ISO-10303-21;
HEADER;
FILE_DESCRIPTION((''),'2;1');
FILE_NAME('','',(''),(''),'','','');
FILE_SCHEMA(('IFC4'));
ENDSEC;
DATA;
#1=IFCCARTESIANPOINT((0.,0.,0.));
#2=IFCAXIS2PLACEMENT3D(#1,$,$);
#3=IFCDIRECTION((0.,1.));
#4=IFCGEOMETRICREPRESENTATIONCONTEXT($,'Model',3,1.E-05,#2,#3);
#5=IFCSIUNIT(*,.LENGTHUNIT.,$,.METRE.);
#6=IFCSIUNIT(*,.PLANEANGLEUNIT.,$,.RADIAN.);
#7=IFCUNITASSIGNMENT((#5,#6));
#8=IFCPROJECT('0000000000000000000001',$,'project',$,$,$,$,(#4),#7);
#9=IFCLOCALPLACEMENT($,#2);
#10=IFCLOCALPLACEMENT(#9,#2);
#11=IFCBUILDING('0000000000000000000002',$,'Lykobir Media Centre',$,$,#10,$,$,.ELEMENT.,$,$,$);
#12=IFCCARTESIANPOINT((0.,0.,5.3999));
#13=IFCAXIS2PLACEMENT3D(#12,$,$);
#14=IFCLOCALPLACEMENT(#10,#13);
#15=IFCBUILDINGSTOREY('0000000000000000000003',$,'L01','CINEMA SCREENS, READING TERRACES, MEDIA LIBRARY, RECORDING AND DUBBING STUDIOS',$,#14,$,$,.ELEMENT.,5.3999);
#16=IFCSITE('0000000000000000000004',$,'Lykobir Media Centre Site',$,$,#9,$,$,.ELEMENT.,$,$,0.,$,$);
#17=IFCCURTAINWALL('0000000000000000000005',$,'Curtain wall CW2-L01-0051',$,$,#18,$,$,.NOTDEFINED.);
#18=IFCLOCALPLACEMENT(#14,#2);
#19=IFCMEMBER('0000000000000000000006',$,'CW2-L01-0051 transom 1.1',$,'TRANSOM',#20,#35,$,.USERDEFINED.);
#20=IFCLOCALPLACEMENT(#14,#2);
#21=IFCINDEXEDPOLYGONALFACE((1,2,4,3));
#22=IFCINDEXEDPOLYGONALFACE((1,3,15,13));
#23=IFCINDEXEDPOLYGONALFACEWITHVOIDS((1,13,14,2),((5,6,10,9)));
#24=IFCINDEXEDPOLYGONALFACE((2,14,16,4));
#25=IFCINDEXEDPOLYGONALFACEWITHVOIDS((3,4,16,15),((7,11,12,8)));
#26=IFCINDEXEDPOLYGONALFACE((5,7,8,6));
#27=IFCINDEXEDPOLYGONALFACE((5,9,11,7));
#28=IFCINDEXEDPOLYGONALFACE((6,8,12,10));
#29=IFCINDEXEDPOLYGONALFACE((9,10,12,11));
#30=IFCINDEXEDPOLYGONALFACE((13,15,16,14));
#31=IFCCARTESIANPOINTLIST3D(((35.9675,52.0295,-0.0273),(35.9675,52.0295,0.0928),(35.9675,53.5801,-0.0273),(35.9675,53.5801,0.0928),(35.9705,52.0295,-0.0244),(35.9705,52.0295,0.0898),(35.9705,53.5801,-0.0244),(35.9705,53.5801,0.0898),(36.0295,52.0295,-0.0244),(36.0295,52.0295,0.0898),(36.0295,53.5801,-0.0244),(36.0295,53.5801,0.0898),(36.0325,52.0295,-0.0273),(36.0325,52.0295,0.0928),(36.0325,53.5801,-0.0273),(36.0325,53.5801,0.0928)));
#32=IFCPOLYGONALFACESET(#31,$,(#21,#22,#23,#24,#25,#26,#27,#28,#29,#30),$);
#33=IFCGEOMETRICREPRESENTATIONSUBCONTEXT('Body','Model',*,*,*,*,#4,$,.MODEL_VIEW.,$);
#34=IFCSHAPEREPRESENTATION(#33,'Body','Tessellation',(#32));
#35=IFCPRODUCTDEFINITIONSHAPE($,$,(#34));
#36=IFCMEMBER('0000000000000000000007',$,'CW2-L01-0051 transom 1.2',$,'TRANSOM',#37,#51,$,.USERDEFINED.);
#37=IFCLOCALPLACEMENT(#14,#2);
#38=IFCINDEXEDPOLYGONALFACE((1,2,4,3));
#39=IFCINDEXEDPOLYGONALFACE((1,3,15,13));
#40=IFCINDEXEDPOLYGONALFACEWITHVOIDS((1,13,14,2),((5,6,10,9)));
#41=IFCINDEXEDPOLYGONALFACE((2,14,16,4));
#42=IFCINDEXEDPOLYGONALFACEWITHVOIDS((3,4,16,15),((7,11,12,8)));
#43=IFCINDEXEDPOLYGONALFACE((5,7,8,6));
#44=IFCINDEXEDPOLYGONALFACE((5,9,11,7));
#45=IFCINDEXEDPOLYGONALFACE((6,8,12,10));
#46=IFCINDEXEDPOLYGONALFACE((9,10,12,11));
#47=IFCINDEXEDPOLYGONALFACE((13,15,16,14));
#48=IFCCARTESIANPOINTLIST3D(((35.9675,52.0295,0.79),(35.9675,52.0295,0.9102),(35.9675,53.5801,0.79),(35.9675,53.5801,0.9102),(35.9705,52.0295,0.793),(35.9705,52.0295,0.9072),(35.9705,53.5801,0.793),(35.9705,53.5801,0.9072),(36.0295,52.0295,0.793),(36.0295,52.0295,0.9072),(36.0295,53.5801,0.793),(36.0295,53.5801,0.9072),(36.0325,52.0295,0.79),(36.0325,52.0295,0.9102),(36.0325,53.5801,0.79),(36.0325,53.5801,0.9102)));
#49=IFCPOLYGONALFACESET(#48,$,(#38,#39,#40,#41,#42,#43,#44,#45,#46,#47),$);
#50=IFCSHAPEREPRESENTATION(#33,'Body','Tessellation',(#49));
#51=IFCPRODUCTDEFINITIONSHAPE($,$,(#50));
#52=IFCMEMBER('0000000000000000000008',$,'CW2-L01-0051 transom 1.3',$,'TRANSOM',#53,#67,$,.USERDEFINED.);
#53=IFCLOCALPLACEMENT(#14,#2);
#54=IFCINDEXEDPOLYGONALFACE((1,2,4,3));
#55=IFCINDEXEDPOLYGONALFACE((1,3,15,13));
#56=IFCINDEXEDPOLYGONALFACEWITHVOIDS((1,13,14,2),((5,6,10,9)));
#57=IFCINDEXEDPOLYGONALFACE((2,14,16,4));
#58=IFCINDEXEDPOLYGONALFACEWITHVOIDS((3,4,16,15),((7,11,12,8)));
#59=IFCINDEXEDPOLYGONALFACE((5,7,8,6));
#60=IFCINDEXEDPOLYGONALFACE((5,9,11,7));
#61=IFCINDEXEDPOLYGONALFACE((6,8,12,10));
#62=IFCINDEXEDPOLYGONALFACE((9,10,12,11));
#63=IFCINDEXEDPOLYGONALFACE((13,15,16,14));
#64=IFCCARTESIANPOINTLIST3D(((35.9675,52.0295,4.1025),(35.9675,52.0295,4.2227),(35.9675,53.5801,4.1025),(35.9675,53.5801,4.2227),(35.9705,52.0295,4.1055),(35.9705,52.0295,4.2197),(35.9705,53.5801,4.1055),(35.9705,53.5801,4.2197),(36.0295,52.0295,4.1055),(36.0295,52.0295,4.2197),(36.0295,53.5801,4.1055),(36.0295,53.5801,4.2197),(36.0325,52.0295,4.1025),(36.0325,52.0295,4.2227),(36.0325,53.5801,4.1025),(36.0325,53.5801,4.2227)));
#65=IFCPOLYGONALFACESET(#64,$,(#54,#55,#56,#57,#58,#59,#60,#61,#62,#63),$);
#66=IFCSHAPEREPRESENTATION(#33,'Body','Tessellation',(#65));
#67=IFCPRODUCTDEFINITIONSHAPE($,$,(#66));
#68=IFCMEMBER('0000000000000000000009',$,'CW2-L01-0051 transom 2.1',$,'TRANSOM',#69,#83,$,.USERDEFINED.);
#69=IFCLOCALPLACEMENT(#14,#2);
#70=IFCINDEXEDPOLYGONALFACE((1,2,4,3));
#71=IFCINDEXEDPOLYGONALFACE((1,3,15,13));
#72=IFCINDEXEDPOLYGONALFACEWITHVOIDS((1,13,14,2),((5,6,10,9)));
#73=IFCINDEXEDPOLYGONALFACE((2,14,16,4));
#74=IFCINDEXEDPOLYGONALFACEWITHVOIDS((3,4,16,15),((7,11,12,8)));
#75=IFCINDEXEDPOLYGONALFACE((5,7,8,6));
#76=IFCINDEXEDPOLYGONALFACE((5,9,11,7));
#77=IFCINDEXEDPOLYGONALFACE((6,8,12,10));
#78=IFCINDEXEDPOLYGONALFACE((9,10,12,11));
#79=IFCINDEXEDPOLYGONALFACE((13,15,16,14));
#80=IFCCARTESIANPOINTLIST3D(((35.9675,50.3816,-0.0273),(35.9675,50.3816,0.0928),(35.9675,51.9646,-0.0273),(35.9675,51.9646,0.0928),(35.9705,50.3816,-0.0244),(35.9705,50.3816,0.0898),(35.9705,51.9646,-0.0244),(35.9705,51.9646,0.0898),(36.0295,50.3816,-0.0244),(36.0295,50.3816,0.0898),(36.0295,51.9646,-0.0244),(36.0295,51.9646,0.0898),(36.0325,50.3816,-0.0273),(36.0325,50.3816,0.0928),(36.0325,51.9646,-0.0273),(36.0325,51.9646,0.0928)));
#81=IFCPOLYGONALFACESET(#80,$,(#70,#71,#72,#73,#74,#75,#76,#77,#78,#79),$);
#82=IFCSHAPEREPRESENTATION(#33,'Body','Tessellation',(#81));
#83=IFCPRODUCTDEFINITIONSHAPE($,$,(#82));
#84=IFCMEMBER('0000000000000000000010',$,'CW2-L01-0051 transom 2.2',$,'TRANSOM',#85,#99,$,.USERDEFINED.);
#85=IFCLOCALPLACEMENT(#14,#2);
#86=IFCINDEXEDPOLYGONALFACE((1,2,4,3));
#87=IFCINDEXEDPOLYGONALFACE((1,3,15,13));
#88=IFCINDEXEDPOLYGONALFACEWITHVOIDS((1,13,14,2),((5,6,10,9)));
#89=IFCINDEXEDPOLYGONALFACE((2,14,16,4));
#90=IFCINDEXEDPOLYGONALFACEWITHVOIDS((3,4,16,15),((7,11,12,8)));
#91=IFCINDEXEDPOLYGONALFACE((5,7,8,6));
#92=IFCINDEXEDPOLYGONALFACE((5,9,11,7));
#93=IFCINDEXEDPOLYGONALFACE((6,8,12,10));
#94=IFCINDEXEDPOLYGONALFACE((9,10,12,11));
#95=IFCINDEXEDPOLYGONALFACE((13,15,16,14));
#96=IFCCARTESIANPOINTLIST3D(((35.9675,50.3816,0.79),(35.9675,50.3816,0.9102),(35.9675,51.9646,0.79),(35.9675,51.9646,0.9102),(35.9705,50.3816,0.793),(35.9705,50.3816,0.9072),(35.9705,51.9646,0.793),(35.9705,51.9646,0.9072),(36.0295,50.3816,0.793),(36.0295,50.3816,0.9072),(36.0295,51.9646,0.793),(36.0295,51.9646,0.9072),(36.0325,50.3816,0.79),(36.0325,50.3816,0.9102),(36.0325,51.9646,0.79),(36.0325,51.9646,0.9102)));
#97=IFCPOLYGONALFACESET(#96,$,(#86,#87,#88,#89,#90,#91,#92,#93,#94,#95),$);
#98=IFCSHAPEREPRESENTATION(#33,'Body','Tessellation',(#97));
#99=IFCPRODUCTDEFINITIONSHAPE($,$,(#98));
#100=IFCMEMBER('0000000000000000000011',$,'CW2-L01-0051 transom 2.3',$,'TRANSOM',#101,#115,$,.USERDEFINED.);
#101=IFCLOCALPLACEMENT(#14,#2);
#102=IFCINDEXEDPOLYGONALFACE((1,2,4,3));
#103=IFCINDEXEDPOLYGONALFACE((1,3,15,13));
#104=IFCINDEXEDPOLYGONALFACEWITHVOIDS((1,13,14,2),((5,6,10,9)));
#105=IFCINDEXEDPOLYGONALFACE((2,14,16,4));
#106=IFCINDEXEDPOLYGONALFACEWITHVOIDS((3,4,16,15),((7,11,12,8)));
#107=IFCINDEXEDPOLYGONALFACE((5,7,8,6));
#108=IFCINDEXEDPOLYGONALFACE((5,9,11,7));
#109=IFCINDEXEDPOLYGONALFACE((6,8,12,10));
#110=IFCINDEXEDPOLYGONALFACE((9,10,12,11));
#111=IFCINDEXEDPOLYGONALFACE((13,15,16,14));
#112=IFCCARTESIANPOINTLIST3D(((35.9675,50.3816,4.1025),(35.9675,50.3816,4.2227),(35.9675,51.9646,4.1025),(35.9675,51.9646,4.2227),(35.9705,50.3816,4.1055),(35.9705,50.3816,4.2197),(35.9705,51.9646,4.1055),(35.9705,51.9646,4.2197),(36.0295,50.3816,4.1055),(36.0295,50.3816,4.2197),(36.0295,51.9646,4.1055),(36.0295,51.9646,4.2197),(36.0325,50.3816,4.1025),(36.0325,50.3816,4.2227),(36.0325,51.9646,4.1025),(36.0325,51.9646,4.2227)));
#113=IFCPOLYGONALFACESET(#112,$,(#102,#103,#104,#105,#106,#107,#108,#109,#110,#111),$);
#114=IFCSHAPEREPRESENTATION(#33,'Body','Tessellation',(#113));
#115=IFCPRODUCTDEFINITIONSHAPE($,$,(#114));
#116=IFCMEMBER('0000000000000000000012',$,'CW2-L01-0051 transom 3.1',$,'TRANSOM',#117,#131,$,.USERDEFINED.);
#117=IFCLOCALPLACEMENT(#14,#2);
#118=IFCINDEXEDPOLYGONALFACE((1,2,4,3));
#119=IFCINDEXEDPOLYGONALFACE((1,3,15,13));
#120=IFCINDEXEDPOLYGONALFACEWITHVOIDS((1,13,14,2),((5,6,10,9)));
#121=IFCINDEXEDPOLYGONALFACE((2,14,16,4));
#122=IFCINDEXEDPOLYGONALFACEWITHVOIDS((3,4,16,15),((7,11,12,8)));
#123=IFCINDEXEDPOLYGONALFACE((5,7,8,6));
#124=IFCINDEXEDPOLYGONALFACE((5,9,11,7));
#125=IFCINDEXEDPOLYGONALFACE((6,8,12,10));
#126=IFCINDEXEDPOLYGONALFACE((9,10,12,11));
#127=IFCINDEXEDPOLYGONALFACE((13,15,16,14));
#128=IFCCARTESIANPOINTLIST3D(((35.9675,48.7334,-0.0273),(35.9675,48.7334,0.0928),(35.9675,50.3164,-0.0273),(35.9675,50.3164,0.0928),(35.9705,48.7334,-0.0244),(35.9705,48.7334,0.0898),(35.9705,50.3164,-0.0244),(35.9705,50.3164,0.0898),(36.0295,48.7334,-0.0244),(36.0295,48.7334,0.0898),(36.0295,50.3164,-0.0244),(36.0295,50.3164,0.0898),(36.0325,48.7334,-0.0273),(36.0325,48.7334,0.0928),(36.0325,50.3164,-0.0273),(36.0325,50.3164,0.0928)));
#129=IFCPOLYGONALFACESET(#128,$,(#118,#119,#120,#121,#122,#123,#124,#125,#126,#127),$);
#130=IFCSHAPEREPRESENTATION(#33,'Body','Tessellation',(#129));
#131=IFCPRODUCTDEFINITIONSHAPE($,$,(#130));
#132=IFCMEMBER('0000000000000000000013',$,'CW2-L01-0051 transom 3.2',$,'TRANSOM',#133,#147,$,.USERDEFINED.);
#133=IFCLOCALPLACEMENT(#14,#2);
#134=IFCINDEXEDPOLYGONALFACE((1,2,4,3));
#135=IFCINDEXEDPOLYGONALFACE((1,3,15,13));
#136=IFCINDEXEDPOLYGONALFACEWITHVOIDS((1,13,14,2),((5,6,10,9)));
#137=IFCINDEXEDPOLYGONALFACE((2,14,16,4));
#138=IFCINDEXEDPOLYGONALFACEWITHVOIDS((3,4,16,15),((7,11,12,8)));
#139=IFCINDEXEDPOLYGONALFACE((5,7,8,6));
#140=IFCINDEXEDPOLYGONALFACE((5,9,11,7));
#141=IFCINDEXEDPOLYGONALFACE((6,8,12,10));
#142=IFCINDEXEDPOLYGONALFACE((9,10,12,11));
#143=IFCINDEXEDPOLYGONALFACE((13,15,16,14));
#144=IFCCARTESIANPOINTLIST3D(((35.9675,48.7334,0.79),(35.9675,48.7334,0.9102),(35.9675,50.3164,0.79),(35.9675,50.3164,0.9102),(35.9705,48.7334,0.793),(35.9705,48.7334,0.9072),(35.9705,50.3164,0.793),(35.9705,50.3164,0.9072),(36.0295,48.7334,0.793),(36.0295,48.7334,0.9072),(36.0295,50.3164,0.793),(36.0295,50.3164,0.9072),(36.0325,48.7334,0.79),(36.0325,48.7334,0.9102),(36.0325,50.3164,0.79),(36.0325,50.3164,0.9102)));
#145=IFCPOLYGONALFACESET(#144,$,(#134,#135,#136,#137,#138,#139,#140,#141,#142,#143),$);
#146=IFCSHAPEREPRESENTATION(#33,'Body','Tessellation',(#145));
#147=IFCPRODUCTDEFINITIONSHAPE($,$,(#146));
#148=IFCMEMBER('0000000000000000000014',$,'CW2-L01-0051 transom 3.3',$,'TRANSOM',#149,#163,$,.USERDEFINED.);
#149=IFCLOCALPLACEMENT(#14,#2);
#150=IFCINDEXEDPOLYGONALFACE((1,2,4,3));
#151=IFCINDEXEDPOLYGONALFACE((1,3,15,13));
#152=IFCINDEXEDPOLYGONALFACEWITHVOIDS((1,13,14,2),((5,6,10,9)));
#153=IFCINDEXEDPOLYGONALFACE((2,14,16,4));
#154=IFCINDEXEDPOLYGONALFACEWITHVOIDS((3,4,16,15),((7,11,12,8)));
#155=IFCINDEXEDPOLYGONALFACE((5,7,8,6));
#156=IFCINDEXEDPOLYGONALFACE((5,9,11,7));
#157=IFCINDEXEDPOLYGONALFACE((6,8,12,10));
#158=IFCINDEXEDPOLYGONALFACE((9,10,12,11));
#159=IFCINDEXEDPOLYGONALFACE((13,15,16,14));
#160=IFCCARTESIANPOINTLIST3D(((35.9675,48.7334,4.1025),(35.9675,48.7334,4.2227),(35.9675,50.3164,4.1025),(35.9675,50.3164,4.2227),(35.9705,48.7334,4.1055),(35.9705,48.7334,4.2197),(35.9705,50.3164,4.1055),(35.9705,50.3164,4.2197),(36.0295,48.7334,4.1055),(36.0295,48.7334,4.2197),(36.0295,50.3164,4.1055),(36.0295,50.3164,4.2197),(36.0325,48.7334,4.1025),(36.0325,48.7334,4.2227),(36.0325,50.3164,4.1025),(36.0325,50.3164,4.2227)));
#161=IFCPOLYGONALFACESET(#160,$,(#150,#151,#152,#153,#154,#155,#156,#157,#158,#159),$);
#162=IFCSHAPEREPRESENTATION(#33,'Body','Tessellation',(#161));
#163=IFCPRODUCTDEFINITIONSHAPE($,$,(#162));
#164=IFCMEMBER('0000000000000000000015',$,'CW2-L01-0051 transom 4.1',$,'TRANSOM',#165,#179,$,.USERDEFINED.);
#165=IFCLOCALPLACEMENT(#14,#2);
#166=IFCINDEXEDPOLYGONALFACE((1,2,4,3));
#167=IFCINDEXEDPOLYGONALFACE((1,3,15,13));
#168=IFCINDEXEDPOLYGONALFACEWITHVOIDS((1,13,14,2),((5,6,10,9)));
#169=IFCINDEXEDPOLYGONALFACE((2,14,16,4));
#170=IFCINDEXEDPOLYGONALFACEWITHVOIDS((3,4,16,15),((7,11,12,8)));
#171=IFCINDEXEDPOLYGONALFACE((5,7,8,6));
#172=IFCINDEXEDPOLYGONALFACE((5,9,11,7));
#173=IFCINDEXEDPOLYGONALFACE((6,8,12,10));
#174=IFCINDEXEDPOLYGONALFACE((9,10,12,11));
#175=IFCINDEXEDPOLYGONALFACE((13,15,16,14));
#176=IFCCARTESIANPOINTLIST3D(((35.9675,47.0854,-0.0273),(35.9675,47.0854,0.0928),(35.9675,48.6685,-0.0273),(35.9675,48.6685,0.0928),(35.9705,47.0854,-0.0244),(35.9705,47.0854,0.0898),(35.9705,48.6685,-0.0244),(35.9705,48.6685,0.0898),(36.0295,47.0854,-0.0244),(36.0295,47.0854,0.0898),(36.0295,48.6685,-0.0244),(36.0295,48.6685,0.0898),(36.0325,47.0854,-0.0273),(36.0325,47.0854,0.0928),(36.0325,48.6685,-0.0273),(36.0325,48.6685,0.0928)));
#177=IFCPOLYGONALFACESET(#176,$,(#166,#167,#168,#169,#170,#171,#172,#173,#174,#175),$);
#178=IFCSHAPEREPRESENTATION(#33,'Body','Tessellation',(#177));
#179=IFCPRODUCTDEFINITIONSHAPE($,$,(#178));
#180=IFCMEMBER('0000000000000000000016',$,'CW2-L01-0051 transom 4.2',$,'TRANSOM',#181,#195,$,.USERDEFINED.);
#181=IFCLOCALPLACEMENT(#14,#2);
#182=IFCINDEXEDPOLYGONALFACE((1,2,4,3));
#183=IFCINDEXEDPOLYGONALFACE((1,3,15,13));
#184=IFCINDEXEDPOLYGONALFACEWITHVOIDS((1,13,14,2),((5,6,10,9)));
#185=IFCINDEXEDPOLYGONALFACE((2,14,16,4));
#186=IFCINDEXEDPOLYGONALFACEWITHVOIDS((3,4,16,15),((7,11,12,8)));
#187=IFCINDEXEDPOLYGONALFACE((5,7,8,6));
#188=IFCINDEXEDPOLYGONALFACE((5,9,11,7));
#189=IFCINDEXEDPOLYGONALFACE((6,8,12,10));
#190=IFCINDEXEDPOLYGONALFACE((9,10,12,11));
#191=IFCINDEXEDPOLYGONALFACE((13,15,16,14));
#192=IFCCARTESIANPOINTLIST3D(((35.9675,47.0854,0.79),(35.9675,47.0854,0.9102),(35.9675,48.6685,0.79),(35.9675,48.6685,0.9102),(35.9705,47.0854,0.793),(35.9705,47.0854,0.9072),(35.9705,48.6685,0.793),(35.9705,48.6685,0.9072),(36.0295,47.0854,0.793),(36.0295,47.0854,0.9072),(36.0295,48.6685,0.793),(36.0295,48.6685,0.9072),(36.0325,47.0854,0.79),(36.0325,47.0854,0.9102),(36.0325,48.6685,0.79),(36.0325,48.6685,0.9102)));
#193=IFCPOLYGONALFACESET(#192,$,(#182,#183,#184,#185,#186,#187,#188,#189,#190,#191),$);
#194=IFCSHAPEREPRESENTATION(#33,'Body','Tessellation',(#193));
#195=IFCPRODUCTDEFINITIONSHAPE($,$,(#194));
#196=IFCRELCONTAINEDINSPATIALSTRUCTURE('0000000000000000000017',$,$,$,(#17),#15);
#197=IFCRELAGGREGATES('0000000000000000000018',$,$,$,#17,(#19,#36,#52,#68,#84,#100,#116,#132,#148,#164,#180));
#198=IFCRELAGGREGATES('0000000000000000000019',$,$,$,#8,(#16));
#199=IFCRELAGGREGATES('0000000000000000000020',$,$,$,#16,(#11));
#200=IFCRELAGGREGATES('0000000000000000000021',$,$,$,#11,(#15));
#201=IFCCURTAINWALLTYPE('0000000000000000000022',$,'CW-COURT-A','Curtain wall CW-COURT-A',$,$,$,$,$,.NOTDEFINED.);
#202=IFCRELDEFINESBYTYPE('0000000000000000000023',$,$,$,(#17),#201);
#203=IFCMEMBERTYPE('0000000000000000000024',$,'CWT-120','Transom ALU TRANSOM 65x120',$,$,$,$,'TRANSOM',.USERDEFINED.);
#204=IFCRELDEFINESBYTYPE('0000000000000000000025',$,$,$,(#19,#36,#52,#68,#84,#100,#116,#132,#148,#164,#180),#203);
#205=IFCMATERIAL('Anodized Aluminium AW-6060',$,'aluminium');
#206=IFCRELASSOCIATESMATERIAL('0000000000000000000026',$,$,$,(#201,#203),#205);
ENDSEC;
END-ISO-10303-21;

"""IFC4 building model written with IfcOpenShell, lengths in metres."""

from ifc_helpers import new_model, si_unit, direction, frame, origin, origin_2d, place, context, subcontext, project, spatial, hollow_rectangle, extrude, material, material_profile, profile_set, type_object, element, aggregate, save


model = new_model("IFC4")

# Units and contexts
model_context = context("Model", 3, precision=1e-05, world=origin(), true_north=direction((0.0, 1.0)))
body_context = subcontext(model_context, "Body", "Model", "MODEL_VIEW")
ifc_project = project(units=[si_unit("LENGTHUNIT", "METRE"), si_unit("PLANEANGLEUNIT", "RADIAN")], contexts=[model_context])

# Site, building, storey
site_placement = place(None, origin())
site = spatial("IfcSite", under=ifc_project, at=site_placement, Name="Lykobir Media Centre Site", CompositionType="ELEMENT", RefElevation=0.0)
building_placement = place(site_placement, origin())
building = spatial("IfcBuilding", under=site, at=building_placement, Name="Lykobir Media Centre", CompositionType="ELEMENT")
storey_placement = place(building_placement, frame((0.0, 0.0, 5.3999)))
storey = spatial("IfcBuildingStorey", under=building, at=storey_placement, Name="L01", Description="CINEMA SCREENS, READING TERRACES, MEDIA LIBRARY, RECORDING AND DUBBING STUDIOS", CompositionType="ELEMENT", Elevation=5.3999)

# Curtain wall
ifc_material_1 = material(Name="Anodized Aluminium AW-6060", Category="aluminium")
curtain_wall_type = type_object("IfcCurtainWallType", Name="CW-COURT-A", Description="Curtain wall CW-COURT-A", PredefinedType="NOTDEFINED", material=ifc_material_1)
curtain_wall_1_placement = place(storey_placement, origin())
curtain_wall_1 = element("IfcCurtainWall", 1, at=curtain_wall_1_placement, inside=storey, type_object=curtain_wall_type, Name="Curtain wall CW2-L01-0051", PredefinedType="NOTDEFINED")

# Members
ifc_material_profile_1 = material_profile(ifc_material_1, hollow_rectangle(XDim=0.0649, YDim=0.1201, WallThickness=0.0029, at=origin_2d()), Name="ALU TRANSOM 65x120")
ifc_profile_set_1 = profile_set([ifc_material_profile_1], Name="Anodized Aluminium AW-6060")
member_type_1 = type_object("IfcMemberType", Name="CWT-120", Description="Transom ALU TRANSOM 65x120", ElementType="TRANSOM", PredefinedType="USERDEFINED", material=ifc_profile_set_1)
member_1_placement = place(storey_placement, frame((36.0, 53.5801, 0.0327), z_axis=(0.0, -1.0, 0.0), x_axis=(1.0, 0.0, 0.0)))
member_1 = element("IfcMember", 2, at=member_1_placement, type_object=member_type_1, Name="CW2-L01-0051 transom 1.1", ObjectType="TRANSOM", PredefinedType="USERDEFINED", context=body_context, shape_type="SweptSolid", body=[
    extrude(hollow_rectangle(XDim=0.0649, YDim=0.1201, WallThickness=0.0029, at=origin_2d()), origin(), (0.0, 0.0, 1.0), 1.5505),
])
member_2_placement = place(storey_placement, frame((36.0, 53.5801, 0.8501), z_axis=(0.0, -1.0, 0.0), x_axis=(1.0, 0.0, 0.0)))
member_2 = element("IfcMember", 3, at=member_2_placement, type_object=member_type_1, Name="CW2-L01-0051 transom 1.2", ObjectType="TRANSOM", PredefinedType="USERDEFINED", context=body_context, shape_type="SweptSolid", body=[
    extrude(hollow_rectangle(XDim=0.0649, YDim=0.1201, WallThickness=0.0029, at=origin_2d()), origin(), (0.0, 0.0, 1.0), 1.5505),
])
member_3_placement = place(storey_placement, frame((36.0, 53.5801, 4.1626), z_axis=(0.0, -1.0, 0.0), x_axis=(1.0, 0.0, 0.0)))
member_3 = element("IfcMember", 4, at=member_3_placement, type_object=member_type_1, Name="CW2-L01-0051 transom 1.3", ObjectType="TRANSOM", PredefinedType="USERDEFINED", context=body_context, shape_type="SweptSolid", body=[
    extrude(hollow_rectangle(XDim=0.0649, YDim=0.1201, WallThickness=0.0029, at=origin_2d()), origin(), (0.0, 0.0, 1.0), 1.5505),
])
member_4_placement = place(storey_placement, frame((36.0, 51.9646, 0.0327), z_axis=(0.0, -1.0, 0.0), x_axis=(1.0, 0.0, 0.0)))
member_4 = element("IfcMember", 5, at=member_4_placement, type_object=member_type_1, Name="CW2-L01-0051 transom 2.1", ObjectType="TRANSOM", PredefinedType="USERDEFINED", context=body_context, shape_type="SweptSolid", body=[
    extrude(hollow_rectangle(XDim=0.0649, YDim=0.1201, WallThickness=0.0029, at=origin_2d()), origin(), (0.0, 0.0, 1.0), 1.583),
])
member_5_placement = place(storey_placement, frame((36.0, 51.9646, 0.8501), z_axis=(0.0, -1.0, 0.0), x_axis=(1.0, 0.0, 0.0)))
member_5 = element("IfcMember", 6, at=member_5_placement, type_object=member_type_1, Name="CW2-L01-0051 transom 2.2", ObjectType="TRANSOM", PredefinedType="USERDEFINED", context=body_context, shape_type="SweptSolid", body=[
    extrude(hollow_rectangle(XDim=0.0649, YDim=0.1201, WallThickness=0.0029, at=origin_2d()), origin(), (0.0, 0.0, 1.0), 1.583),
])
member_6_placement = place(storey_placement, frame((36.0, 51.9646, 4.1626), z_axis=(0.0, -1.0, 0.0), x_axis=(1.0, 0.0, 0.0)))
member_6 = element("IfcMember", 7, at=member_6_placement, type_object=member_type_1, Name="CW2-L01-0051 transom 2.3", ObjectType="TRANSOM", PredefinedType="USERDEFINED", context=body_context, shape_type="SweptSolid", body=[
    extrude(hollow_rectangle(XDim=0.0649, YDim=0.1201, WallThickness=0.0029, at=origin_2d()), origin(), (0.0, 0.0, 1.0), 1.583),
])
member_7_placement = place(storey_placement, frame((36.0, 50.3164, 0.0327), z_axis=(0.0, -1.0, 0.0), x_axis=(1.0, 0.0, 0.0)))
member_7 = element("IfcMember", 8, at=member_7_placement, type_object=member_type_1, Name="CW2-L01-0051 transom 3.1", ObjectType="TRANSOM", PredefinedType="USERDEFINED", context=body_context, shape_type="SweptSolid", body=[
    extrude(hollow_rectangle(XDim=0.0649, YDim=0.1201, WallThickness=0.0029, at=origin_2d()), origin(), (0.0, 0.0, 1.0), 1.583),
])
member_8_placement = place(storey_placement, frame((36.0, 50.3164, 0.8501), z_axis=(0.0, -1.0, 0.0), x_axis=(1.0, 0.0, 0.0)))
member_8 = element("IfcMember", 9, at=member_8_placement, type_object=member_type_1, Name="CW2-L01-0051 transom 3.2", ObjectType="TRANSOM", PredefinedType="USERDEFINED", context=body_context, shape_type="SweptSolid", body=[
    extrude(hollow_rectangle(XDim=0.0649, YDim=0.1201, WallThickness=0.0029, at=origin_2d()), origin(), (0.0, 0.0, 1.0), 1.583),
])
member_9_placement = place(storey_placement, frame((36.0, 50.3164, 4.1626), z_axis=(0.0, -1.0, 0.0), x_axis=(1.0, 0.0, 0.0)))
member_9 = element("IfcMember", 10, at=member_9_placement, type_object=member_type_1, Name="CW2-L01-0051 transom 3.3", ObjectType="TRANSOM", PredefinedType="USERDEFINED", context=body_context, shape_type="SweptSolid", body=[
    extrude(hollow_rectangle(XDim=0.0649, YDim=0.1201, WallThickness=0.0029, at=origin_2d()), origin(), (0.0, 0.0, 1.0), 1.583),
])
member_10_placement = place(storey_placement, frame((36.0, 48.6685, 0.0327), z_axis=(0.0, -1.0, 0.0), x_axis=(1.0, 0.0, 0.0)))
member_10 = element("IfcMember", 11, at=member_10_placement, type_object=member_type_1, Name="CW2-L01-0051 transom 4.1", ObjectType="TRANSOM", PredefinedType="USERDEFINED", context=body_context, shape_type="SweptSolid", body=[
    extrude(hollow_rectangle(XDim=0.0649, YDim=0.1201, WallThickness=0.0029, at=origin_2d()), origin(), (0.0, 0.0, 1.0), 1.583),
])
member_11_placement = place(storey_placement, frame((36.0, 48.6685, 0.8501), z_axis=(0.0, -1.0, 0.0), x_axis=(1.0, 0.0, 0.0)))
member_11 = element("IfcMember", 12, at=member_11_placement, type_object=member_type_1, Name="CW2-L01-0051 transom 4.2", ObjectType="TRANSOM", PredefinedType="USERDEFINED", context=body_context, shape_type="SweptSolid", body=[
    extrude(hollow_rectangle(XDim=0.0649, YDim=0.1201, WallThickness=0.0029, at=origin_2d()), origin(), (0.0, 0.0, 1.0), 1.583),
])

aggregate(curtain_wall_1, [member_1, member_2, member_3, member_4, member_5, member_6, member_7, member_8, member_9, member_10, member_11])

save(model, "model.ifc")
